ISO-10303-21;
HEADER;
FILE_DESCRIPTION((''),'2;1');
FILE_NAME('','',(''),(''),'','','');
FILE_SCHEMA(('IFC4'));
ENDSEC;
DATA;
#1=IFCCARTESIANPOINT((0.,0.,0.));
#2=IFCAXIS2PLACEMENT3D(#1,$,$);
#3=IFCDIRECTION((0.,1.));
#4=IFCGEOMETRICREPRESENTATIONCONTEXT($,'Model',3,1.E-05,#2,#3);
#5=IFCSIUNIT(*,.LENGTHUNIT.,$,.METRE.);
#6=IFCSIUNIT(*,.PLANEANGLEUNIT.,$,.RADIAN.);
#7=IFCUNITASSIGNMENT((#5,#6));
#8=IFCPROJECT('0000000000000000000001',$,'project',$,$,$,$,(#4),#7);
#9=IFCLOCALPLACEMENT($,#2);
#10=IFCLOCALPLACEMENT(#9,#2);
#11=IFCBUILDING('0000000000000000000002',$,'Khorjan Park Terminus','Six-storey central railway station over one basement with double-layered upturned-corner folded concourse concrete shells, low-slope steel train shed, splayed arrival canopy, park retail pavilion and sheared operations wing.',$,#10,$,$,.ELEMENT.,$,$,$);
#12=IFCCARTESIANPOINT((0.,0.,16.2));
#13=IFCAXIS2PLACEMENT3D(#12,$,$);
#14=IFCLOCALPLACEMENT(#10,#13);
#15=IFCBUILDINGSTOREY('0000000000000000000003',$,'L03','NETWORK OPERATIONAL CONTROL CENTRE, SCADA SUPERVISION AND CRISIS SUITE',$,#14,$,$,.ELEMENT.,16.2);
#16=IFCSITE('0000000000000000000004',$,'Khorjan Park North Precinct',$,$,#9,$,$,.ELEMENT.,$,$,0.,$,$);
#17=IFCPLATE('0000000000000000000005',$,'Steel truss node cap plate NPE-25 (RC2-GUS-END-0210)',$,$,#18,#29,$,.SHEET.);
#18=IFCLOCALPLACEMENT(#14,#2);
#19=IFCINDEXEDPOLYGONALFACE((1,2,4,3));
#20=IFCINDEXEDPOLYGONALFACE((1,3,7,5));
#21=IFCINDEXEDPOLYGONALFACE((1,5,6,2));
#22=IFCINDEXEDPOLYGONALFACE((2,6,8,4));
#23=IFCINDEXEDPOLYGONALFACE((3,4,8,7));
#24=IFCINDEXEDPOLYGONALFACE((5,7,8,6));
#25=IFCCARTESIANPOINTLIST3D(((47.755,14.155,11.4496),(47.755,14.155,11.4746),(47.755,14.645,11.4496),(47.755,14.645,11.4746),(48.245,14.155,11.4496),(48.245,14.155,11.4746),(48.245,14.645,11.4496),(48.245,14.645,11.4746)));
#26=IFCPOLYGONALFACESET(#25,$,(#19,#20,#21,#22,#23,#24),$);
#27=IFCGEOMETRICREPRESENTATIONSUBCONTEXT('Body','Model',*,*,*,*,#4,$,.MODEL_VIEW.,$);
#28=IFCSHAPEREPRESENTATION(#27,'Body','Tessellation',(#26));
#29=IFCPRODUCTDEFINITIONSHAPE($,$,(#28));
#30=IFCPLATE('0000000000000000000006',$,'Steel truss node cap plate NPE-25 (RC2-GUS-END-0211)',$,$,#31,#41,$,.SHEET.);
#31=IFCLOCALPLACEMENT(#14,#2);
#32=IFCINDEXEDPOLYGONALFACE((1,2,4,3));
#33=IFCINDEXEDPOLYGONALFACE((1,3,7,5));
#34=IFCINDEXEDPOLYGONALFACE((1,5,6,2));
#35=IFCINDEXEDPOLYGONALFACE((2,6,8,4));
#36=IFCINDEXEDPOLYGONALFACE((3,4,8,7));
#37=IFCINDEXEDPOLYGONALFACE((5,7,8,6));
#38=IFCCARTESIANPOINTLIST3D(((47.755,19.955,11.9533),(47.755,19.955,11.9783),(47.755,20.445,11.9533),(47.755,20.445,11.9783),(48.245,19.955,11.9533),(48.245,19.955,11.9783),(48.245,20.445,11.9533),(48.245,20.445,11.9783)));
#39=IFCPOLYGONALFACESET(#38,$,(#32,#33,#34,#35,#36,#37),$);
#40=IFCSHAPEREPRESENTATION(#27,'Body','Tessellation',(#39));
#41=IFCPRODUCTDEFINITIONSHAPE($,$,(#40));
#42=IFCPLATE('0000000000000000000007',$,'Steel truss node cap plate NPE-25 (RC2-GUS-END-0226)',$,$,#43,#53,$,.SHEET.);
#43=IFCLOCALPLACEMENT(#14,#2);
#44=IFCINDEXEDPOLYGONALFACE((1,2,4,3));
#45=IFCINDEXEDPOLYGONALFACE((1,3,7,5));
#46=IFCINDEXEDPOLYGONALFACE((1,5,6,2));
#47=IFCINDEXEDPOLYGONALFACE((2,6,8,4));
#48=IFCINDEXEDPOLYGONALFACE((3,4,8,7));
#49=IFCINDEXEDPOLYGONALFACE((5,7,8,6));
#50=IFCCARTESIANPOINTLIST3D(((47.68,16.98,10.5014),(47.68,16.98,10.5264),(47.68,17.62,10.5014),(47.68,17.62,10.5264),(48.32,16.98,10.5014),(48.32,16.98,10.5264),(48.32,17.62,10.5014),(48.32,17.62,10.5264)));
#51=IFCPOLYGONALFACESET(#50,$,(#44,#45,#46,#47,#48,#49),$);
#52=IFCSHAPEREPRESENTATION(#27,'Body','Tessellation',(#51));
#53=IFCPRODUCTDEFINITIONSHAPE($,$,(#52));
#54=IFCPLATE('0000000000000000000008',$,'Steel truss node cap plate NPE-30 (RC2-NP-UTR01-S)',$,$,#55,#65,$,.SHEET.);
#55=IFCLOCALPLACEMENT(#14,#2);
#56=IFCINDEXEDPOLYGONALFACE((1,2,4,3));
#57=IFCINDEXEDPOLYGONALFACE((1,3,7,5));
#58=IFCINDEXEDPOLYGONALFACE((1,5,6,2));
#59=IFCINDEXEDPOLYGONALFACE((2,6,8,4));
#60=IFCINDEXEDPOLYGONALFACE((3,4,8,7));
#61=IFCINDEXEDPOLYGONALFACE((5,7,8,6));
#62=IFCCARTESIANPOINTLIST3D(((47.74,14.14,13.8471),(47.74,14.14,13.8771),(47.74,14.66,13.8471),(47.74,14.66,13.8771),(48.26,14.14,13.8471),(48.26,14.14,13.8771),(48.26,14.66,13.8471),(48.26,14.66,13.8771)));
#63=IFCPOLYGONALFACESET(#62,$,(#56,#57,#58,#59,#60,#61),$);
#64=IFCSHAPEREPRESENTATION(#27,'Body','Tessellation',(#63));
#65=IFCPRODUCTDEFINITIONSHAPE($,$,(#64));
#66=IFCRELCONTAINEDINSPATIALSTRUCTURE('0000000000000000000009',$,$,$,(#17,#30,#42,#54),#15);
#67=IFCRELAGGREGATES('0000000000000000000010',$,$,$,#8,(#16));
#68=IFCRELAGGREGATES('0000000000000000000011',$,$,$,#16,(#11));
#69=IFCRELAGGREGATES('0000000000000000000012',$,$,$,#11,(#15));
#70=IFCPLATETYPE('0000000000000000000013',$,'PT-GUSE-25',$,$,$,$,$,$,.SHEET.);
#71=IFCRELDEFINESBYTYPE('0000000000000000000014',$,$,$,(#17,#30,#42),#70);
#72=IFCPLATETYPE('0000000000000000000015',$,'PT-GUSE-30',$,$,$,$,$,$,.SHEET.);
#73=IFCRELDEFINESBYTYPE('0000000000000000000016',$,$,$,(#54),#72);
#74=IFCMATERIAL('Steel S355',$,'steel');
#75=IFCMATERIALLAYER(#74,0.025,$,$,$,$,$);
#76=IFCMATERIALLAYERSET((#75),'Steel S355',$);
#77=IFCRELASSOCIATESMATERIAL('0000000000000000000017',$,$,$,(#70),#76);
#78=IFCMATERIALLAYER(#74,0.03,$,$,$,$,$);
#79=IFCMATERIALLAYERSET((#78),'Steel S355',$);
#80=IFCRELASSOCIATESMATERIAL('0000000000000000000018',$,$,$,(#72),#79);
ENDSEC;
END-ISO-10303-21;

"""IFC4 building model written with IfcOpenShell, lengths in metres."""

from ifc_helpers import new_model, si_unit, direction, frame, origin, origin_2d, place, context, subcontext, project, spatial, rectangle, extrude, material, layer, layer_set, type_object, element, save


model = new_model("IFC4")

# Units and contexts
model_context = context("Model", 3, precision=1e-05, world=origin(), true_north=direction((0.0, 1.0)))
body_context = subcontext(model_context, "Body", "Model", "MODEL_VIEW")
ifc_project = project(units=[si_unit("LENGTHUNIT", "METRE"), si_unit("PLANEANGLEUNIT", "RADIAN")], contexts=[model_context])

# Site, building, storey
site_placement = place(None, origin())
site = spatial("IfcSite", under=ifc_project, at=site_placement, Name="Khorjan Park North Precinct", CompositionType="ELEMENT", RefElevation=0.0)
building_placement = place(site_placement, origin())
building = spatial("IfcBuilding", under=site, at=building_placement, Name="Khorjan Park Terminus", Description="Six-storey central railway station over one basement with double-layered upturned-corner folded concourse concrete shells, low-slope steel train shed, splayed arrival canopy, park retail pavilion and sheared operations wing.", CompositionType="ELEMENT")
storey_placement = place(building_placement, frame((0.0, 0.0, 16.2)))
storey = spatial("IfcBuildingStorey", under=building, at=storey_placement, Name="L03", Description="NETWORK OPERATIONAL CONTROL CENTRE, SCADA SUPERVISION AND CRISIS SUITE", CompositionType="ELEMENT", Elevation=16.2)

# Shared definitions
ifc_material_1 = material(Name="Steel S355", Category="steel")

# Plates
ifc_layer_1 = layer(ifc_material_1, 0.025)
ifc_layer_set_1 = layer_set([ifc_layer_1], Name="Steel S355")
plate_type_1 = type_object("IfcPlateType", Name="PT-GUSE-25", PredefinedType="SHEET", material=ifc_layer_set_1)
for number, where, z_axis, x_axis, name in (
    (1, (48.0, 14.4, 11.4496), (0.0, 0.0, 1.0), (1.0, 0.0, 0.0), "Steel truss node cap plate NPE-25 (RC2-GUS-END-0210)"),
    (2, (48.0, 20.2, 11.9533), (0.0, 0.0, 1.0), (1.0, 0.0, 0.0), "Steel truss node cap plate NPE-25 (RC2-GUS-END-0211)"),
):
    element("IfcPlate", number, at=place(storey_placement, frame(where, z_axis=z_axis, x_axis=x_axis)), inside=storey, type_object=plate_type_1, Name=name, PredefinedType="SHEET", context=body_context, shape_type="SweptSolid", body=[
        extrude(rectangle(XDim=0.49, YDim=0.49, at=origin_2d()), origin(), (0.0, 0.0, 1.0), 0.025),
    ])
plate_1_placement = place(storey_placement, frame((48.0, 17.3, 10.5014), z_axis=(0.0, 0.0, 1.0), x_axis=(1.0, 0.0, 0.0)))
element("IfcPlate", 3, at=plate_1_placement, inside=storey, type_object=plate_type_1, Name="Steel truss node cap plate NPE-25 (RC2-GUS-END-0226)", PredefinedType="SHEET", context=body_context, shape_type="SweptSolid", body=[
    extrude(rectangle(XDim=0.64, YDim=0.64, at=origin_2d()), origin(), (0.0, 0.0, 1.0), 0.025),
])
ifc_layer_2 = layer(ifc_material_1, 0.03)
ifc_layer_set_2 = layer_set([ifc_layer_2], Name="Steel S355")
plate_type_2 = type_object("IfcPlateType", Name="PT-GUSE-30", PredefinedType="SHEET", material=ifc_layer_set_2)
plate_2_placement = place(storey_placement, frame((48.0, 14.4, 13.8471), z_axis=(0.0, 0.0, 1.0), x_axis=(1.0, 0.0, 0.0)))
element("IfcPlate", 4, at=plate_2_placement, inside=storey, type_object=plate_type_2, Name="Steel truss node cap plate NPE-30 (RC2-NP-UTR01-S)", PredefinedType="SHEET", context=body_context, shape_type="SweptSolid", body=[
    extrude(rectangle(XDim=0.52, YDim=0.52, at=origin_2d()), origin(), (0.0, 0.0, 1.0), 0.03),
])

save(model, "model.ifc")
